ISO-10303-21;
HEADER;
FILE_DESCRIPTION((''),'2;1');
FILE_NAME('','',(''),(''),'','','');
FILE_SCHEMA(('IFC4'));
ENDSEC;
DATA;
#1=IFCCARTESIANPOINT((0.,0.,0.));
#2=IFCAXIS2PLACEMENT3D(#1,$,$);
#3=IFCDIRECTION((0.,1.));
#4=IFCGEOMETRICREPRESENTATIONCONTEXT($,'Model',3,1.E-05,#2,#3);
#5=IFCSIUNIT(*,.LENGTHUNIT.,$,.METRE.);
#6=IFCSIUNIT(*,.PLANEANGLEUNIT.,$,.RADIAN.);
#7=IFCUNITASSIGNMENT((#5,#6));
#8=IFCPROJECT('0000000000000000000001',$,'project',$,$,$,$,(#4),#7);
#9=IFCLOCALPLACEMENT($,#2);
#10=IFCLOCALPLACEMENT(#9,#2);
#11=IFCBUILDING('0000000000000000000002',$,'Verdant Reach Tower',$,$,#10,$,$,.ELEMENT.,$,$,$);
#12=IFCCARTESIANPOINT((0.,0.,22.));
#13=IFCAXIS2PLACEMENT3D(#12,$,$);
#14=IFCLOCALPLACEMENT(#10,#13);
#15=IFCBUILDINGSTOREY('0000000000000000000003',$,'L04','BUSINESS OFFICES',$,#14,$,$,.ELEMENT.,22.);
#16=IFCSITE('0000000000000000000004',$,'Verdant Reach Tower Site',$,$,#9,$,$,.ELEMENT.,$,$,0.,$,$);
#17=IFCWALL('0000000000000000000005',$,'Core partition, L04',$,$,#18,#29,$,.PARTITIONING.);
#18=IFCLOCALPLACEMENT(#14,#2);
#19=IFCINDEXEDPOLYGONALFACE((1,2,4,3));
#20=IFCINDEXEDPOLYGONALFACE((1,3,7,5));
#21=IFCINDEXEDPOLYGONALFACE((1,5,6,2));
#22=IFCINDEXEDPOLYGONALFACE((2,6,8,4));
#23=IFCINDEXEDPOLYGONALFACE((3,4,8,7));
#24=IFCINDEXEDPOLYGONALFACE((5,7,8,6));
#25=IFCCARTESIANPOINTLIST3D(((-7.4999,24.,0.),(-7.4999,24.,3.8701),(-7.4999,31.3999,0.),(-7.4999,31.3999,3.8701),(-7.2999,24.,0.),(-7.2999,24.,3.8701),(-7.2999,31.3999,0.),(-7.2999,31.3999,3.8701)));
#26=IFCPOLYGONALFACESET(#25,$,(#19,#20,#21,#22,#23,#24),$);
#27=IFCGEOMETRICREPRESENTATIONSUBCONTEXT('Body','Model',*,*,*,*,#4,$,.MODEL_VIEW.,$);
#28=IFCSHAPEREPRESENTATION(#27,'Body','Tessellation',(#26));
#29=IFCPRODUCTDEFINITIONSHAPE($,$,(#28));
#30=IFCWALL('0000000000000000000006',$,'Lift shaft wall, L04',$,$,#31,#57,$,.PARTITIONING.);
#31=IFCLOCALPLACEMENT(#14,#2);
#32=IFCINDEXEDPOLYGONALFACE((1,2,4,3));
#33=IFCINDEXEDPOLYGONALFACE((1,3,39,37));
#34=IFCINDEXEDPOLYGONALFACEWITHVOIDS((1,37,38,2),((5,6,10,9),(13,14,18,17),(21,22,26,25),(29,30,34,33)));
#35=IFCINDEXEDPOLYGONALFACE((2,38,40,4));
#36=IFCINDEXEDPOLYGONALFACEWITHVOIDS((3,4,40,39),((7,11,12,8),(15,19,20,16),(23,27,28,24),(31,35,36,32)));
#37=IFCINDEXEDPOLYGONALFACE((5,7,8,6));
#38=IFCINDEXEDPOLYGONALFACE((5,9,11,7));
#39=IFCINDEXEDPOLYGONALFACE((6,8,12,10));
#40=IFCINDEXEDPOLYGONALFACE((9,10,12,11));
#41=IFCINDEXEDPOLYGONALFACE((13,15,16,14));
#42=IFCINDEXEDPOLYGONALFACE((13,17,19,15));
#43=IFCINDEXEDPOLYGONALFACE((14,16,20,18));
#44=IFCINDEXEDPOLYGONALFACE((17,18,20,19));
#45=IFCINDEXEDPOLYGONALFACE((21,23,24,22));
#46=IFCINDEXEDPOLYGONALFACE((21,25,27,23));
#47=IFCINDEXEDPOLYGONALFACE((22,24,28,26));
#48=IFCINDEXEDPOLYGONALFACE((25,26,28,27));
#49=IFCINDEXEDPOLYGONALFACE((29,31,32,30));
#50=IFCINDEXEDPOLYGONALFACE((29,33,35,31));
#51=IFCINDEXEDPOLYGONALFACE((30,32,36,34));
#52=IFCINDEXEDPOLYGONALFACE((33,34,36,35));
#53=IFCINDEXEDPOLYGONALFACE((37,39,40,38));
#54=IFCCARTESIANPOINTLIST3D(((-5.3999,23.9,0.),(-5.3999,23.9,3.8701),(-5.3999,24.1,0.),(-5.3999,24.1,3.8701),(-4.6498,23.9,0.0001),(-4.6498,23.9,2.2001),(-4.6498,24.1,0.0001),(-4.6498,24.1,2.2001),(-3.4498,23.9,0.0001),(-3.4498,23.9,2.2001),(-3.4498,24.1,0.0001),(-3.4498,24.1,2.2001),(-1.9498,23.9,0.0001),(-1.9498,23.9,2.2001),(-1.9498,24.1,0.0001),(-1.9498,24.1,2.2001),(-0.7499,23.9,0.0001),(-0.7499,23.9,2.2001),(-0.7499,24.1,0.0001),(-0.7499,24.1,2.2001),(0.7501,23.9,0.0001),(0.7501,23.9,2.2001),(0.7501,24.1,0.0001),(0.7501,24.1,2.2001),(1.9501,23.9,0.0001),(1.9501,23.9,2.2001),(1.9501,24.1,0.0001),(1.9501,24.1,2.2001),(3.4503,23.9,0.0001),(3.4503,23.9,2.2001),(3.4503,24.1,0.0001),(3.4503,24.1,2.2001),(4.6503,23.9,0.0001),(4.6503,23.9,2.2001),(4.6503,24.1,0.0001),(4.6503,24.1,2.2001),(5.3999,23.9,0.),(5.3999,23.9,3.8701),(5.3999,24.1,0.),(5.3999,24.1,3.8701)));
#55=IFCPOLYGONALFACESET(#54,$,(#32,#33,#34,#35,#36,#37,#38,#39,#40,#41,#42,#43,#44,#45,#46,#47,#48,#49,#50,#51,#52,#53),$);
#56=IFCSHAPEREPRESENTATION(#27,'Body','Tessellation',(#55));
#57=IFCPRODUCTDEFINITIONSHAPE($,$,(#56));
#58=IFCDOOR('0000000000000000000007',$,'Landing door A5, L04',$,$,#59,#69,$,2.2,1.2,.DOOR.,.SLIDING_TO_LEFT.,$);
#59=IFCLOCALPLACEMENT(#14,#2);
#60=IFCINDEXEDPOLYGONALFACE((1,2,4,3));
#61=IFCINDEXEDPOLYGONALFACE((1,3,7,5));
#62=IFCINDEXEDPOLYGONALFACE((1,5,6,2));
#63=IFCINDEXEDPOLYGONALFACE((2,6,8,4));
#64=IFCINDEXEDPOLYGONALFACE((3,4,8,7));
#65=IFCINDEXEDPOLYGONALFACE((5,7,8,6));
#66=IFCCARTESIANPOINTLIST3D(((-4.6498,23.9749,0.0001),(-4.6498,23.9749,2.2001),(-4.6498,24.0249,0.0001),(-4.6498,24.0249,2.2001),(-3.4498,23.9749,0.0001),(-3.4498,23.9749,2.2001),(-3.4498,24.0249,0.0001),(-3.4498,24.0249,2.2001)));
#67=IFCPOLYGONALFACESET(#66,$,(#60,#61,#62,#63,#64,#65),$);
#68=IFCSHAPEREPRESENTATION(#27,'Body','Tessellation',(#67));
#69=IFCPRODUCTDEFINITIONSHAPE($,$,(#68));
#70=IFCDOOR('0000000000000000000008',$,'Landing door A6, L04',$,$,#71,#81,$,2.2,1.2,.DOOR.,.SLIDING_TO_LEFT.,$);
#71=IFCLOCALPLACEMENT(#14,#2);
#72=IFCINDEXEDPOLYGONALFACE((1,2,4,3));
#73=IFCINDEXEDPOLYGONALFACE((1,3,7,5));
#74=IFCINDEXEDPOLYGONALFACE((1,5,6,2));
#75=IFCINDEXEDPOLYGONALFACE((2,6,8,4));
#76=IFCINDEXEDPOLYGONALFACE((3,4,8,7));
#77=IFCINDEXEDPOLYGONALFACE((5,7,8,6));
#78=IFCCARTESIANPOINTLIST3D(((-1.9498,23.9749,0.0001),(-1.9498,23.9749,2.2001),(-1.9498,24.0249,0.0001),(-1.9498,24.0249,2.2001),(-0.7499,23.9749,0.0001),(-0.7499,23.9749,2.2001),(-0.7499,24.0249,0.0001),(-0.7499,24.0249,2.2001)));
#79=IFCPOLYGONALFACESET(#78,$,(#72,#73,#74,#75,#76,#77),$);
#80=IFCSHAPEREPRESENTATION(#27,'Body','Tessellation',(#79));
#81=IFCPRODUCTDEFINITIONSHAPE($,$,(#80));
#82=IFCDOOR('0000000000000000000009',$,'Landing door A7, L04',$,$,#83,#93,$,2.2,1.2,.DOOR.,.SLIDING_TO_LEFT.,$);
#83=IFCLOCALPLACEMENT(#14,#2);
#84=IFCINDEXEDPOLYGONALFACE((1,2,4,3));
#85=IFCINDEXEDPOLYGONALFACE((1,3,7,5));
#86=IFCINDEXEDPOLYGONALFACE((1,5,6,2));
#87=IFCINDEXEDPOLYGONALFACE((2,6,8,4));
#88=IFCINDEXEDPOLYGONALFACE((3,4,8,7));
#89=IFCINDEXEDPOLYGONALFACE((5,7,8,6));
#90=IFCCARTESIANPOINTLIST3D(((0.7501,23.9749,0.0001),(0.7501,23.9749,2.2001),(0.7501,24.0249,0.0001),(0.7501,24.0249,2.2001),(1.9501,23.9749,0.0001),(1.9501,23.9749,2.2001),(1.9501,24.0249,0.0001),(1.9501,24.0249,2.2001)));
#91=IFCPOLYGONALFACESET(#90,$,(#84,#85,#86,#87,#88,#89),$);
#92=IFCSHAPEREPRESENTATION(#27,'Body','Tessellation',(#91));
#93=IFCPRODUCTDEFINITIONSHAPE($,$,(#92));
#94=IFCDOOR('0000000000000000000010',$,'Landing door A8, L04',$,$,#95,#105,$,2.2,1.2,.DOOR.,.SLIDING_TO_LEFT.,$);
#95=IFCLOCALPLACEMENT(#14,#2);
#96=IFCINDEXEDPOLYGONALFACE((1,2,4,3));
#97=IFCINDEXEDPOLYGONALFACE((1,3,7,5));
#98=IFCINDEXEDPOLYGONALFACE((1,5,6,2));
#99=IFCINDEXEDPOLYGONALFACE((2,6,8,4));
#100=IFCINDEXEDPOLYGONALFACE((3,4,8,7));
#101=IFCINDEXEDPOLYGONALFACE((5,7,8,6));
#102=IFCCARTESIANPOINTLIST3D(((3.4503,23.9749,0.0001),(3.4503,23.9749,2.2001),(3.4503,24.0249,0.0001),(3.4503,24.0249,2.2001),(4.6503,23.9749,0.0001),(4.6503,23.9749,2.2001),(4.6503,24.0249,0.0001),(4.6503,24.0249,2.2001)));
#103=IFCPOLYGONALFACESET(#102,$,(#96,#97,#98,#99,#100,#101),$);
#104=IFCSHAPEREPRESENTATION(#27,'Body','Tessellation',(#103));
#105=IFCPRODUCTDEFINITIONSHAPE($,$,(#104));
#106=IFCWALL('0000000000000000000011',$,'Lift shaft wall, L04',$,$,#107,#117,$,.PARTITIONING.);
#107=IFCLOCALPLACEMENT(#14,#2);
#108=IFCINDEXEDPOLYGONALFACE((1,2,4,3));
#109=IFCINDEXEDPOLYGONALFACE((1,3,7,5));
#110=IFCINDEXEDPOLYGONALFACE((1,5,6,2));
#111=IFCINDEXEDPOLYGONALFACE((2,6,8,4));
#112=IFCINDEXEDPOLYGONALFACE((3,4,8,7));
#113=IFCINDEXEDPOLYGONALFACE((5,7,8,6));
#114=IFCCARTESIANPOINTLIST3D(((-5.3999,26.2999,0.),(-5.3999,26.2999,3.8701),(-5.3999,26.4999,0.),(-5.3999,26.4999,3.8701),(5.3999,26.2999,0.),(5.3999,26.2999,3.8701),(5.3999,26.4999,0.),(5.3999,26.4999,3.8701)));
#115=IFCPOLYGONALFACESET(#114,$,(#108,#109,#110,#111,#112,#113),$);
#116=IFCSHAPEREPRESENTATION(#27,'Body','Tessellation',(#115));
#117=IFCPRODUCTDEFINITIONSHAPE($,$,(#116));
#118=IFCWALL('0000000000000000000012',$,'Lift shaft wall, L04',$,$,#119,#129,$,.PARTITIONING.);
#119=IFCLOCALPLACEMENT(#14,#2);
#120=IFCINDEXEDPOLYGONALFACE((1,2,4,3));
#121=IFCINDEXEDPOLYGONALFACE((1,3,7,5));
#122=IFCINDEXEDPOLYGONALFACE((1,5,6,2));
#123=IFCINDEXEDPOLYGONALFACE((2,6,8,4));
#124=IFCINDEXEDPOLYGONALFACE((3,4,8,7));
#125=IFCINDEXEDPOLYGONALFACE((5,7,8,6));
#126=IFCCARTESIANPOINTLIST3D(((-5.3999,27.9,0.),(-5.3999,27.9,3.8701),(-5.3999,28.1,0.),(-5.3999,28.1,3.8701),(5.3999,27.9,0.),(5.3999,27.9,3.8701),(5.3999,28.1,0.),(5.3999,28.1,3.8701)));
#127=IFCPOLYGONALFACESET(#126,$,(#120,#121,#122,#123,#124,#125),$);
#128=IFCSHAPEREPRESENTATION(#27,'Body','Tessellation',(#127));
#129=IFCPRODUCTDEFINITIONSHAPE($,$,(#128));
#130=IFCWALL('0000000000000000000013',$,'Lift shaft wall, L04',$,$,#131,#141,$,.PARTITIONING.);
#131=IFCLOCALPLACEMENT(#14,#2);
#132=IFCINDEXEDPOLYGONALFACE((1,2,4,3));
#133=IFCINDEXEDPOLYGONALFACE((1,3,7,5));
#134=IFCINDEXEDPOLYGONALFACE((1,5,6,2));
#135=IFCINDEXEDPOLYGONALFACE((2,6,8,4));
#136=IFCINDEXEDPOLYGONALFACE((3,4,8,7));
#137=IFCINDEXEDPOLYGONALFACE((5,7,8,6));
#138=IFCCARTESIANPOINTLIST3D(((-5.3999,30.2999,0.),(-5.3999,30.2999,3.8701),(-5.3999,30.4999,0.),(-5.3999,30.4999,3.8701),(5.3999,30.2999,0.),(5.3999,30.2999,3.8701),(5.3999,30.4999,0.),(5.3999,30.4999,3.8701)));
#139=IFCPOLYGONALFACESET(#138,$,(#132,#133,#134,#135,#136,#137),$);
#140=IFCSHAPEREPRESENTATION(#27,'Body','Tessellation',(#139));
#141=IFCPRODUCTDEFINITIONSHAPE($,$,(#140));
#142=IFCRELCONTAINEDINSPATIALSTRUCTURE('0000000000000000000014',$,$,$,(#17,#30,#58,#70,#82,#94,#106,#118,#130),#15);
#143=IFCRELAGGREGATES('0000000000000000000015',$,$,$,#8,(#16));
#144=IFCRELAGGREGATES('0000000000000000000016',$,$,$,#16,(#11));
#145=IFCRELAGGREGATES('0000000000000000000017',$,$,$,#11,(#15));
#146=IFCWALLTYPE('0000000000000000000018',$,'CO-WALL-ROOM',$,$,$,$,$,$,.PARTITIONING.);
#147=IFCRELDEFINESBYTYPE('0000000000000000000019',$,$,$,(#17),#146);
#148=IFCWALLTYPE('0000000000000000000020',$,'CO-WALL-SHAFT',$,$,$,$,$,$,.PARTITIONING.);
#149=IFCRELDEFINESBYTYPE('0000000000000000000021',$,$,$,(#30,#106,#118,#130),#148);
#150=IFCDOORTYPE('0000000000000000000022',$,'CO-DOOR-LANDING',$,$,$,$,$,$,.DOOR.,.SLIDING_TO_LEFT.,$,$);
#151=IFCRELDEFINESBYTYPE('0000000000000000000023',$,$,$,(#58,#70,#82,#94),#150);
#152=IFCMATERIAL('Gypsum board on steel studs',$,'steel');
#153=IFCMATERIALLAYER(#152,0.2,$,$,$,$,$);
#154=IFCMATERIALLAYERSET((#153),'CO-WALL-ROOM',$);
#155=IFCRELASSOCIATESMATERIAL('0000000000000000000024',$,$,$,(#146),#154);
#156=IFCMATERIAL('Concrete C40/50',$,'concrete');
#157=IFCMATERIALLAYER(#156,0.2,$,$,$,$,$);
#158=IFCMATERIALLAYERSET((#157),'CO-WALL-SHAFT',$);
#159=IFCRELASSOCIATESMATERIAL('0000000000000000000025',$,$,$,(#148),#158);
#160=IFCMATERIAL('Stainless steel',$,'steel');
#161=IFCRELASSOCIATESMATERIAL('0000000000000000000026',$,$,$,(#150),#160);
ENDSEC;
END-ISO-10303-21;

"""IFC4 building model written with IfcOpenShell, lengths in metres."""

from ifc_helpers import new_model, si_unit, direction, frame, frame_2d, origin, place, context, subcontext, project, spatial, rectangle, extrude, material, layer, layer_set, type_object, element, fill, save


model = new_model("IFC4")

# Units and contexts
model_context = context("Model", 3, precision=1e-05, world=origin(), true_north=direction((0.0, 1.0)))
body_context = subcontext(model_context, "Body", "Model", "MODEL_VIEW")
ifc_project = project(units=[si_unit("LENGTHUNIT", "METRE"), si_unit("PLANEANGLEUNIT", "RADIAN")], contexts=[model_context])

# Site, building, storey
site_placement = place(None, origin())
site = spatial("IfcSite", under=ifc_project, at=site_placement, Name="Verdant Reach Tower Site", CompositionType="ELEMENT", RefElevation=0.0)
building_placement = place(site_placement, origin())
building = spatial("IfcBuilding", under=site, at=building_placement, Name="Verdant Reach Tower", CompositionType="ELEMENT")
storey_placement = place(building_placement, frame((0.0, 0.0, 22.0)))
storey = spatial("IfcBuildingStorey", under=building, at=storey_placement, Name="L04", Description="BUSINESS OFFICES", CompositionType="ELEMENT", Elevation=22.0)

# Wall
ifc_material_1 = material(Name="Gypsum board on steel studs", Category="steel")
ifc_layer_1 = layer(ifc_material_1, 0.2)
ifc_layer_set_1 = layer_set([ifc_layer_1], Name="CO-WALL-ROOM")
wall_type_1 = type_object("IfcWallType", Name="CO-WALL-ROOM", PredefinedType="PARTITIONING", material=ifc_layer_set_1)
wall_1_placement = place(storey_placement, frame((-7.3999, 24.0, 0.0), z_axis=(0.0, 0.0, 1.0), x_axis=(0.0, 1.0, 0.0)))
element("IfcWall", 1, at=wall_1_placement, inside=storey, type_object=wall_type_1, Name="Core partition, L04", PredefinedType="PARTITIONING", context=body_context, shape_type="SweptSolid", body=[
    extrude(rectangle(XDim=7.3999, YDim=0.2, at=frame_2d((3.7, 0.0))), origin(), (0.0, 0.0, 1.0), 3.8701),
])

# Wall, openings, doors
ifc_material_2 = material(Name="Concrete C40/50", Category="concrete")
ifc_layer_2 = layer(ifc_material_2, 0.2)
ifc_layer_set_2 = layer_set([ifc_layer_2], Name="CO-WALL-SHAFT")
wall_type_2 = type_object("IfcWallType", Name="CO-WALL-SHAFT", PredefinedType="PARTITIONING", material=ifc_layer_set_2)
wall_2_placement = place(storey_placement, frame((-5.3999, 24.0, 0.0), z_axis=(0.0, 0.0, 1.0), x_axis=(1.0, 0.0, 0.0)))
wall_2 = element("IfcWall", 2, at=wall_2_placement, inside=storey, type_object=wall_type_2, Name="Lift shaft wall, L04", PredefinedType="PARTITIONING", context=body_context, shape_type="SweptSolid", body=[
    extrude(rectangle(XDim=10.7998, YDim=0.2, at=frame_2d((5.3999, 0.0))), origin(), (0.0, 0.0, 1.0), 3.8701),
])
opening_1_placement = place(wall_2_placement, frame((0.75, 0.0, 0.0)))
opening_1 = element("IfcOpeningElement", 3, at=opening_1_placement, cuts=wall_2, PredefinedType="OPENING", context=body_context, shape_type="SweptSolid", body=[
    extrude(rectangle(XDim=1.2, YDim=2.2, at=frame_2d((0.6001, 1.1001))), frame((0.0, 0.1099, 0.0), z_axis=(0.0, -1.0, 0.0), x_axis=(1.0, 0.0, 0.0)), (0.0, 0.0, 1.0), 0.22),
])
opening_2_placement = place(wall_2_placement, frame((3.45, 0.0, 0.0)))
opening_2 = element("IfcOpeningElement", 4, at=opening_2_placement, cuts=wall_2, PredefinedType="OPENING", context=body_context, shape_type="SweptSolid", body=[
    extrude(rectangle(XDim=1.2, YDim=2.2, at=frame_2d((0.6001, 1.1001))), frame((0.0, 0.1099, 0.0), z_axis=(0.0, -1.0, 0.0), x_axis=(1.0, 0.0, 0.0)), (0.0, 0.0, 1.0), 0.22),
])
opening_3_placement = place(wall_2_placement, frame((6.1499, 0.0, 0.0)))
opening_3 = element("IfcOpeningElement", 5, at=opening_3_placement, cuts=wall_2, PredefinedType="OPENING", context=body_context, shape_type="SweptSolid", body=[
    extrude(rectangle(XDim=1.2, YDim=2.2, at=frame_2d((0.6001, 1.1001))), frame((0.0, 0.1099, 0.0), z_axis=(0.0, -1.0, 0.0), x_axis=(1.0, 0.0, 0.0)), (0.0, 0.0, 1.0), 0.22),
])
opening_4_placement = place(wall_2_placement, frame((8.8501, 0.0, 0.0)))
opening_4 = element("IfcOpeningElement", 6, at=opening_4_placement, cuts=wall_2, PredefinedType="OPENING", context=body_context, shape_type="SweptSolid", body=[
    extrude(rectangle(XDim=1.2, YDim=2.2, at=frame_2d((0.6001, 1.1001))), frame((0.0, 0.1099, 0.0), z_axis=(0.0, -1.0, 0.0), x_axis=(1.0, 0.0, 0.0)), (0.0, 0.0, 1.0), 0.22),
])
ifc_material_3 = material(Name="Stainless steel", Category="steel")
door_type_1 = type_object("IfcDoorType", Name="CO-DOOR-LANDING", OperationType="SLIDING_TO_LEFT", PredefinedType="DOOR", material=ifc_material_3)
door_1_placement = place(opening_1_placement, origin())
door_1 = element("IfcDoor", 7, at=door_1_placement, inside=storey, type_object=door_type_1, Name="Landing door A5, L04", OperationType="SLIDING_TO_LEFT", OverallHeight=2.2, OverallWidth=1.2, PredefinedType="DOOR", context=body_context, shape_type="SweptSolid", body=[
    extrude(rectangle(XDim=1.2, YDim=2.2, at=frame_2d((0.6001, 1.1001))), frame((0.0, 0.0249, 0.0), z_axis=(0.0, -1.0, 0.0), x_axis=(1.0, 0.0, 0.0)), (0.0, 0.0, 1.0), 0.05),
])
fill(opening_1, door_1)
door_2_placement = place(opening_2_placement, origin())
door_2 = element("IfcDoor", 8, at=door_2_placement, inside=storey, type_object=door_type_1, Name="Landing door A6, L04", OperationType="SLIDING_TO_LEFT", OverallHeight=2.2, OverallWidth=1.2, PredefinedType="DOOR", context=body_context, shape_type="SweptSolid", body=[
    extrude(rectangle(XDim=1.2, YDim=2.2, at=frame_2d((0.6001, 1.1001))), frame((0.0, 0.0249, 0.0), z_axis=(0.0, -1.0, 0.0), x_axis=(1.0, 0.0, 0.0)), (0.0, 0.0, 1.0), 0.05),
])
fill(opening_2, door_2)
door_3_placement = place(opening_3_placement, origin())
door_3 = element("IfcDoor", 9, at=door_3_placement, inside=storey, type_object=door_type_1, Name="Landing door A7, L04", OperationType="SLIDING_TO_LEFT", OverallHeight=2.2, OverallWidth=1.2, PredefinedType="DOOR", context=body_context, shape_type="SweptSolid", body=[
    extrude(rectangle(XDim=1.2, YDim=2.2, at=frame_2d((0.6001, 1.1001))), frame((0.0, 0.0249, 0.0), z_axis=(0.0, -1.0, 0.0), x_axis=(1.0, 0.0, 0.0)), (0.0, 0.0, 1.0), 0.05),
])
fill(opening_3, door_3)
door_4_placement = place(opening_4_placement, origin())
door_4 = element("IfcDoor", 10, at=door_4_placement, inside=storey, type_object=door_type_1, Name="Landing door A8, L04", OperationType="SLIDING_TO_LEFT", OverallHeight=2.2, OverallWidth=1.2, PredefinedType="DOOR", context=body_context, shape_type="SweptSolid", body=[
    extrude(rectangle(XDim=1.2, YDim=2.2, at=frame_2d((0.6001, 1.1001))), frame((0.0, 0.0249, 0.0), z_axis=(0.0, -1.0, 0.0), x_axis=(1.0, 0.0, 0.0)), (0.0, 0.0, 1.0), 0.05),
])
fill(opening_4, door_4)

# Walls
for number, where, z_axis, x_axis, name in (
    (11, (-5.3999, 26.3999, 0.0), (0.0, 0.0, 1.0), (1.0, 0.0, 0.0), "Lift shaft wall, L04"),
    (12, (-5.3999, 28.0, 0.0), (0.0, 0.0, 1.0), (1.0, 0.0, 0.0), "Lift shaft wall, L04"),
    (13, (-5.3999, 30.3999, 0.0), (0.0, 0.0, 1.0), (1.0, 0.0, 0.0), "Lift shaft wall, L04"),
):
    element("IfcWall", number, at=place(storey_placement, frame(where, z_axis=z_axis, x_axis=x_axis)), inside=storey, type_object=wall_type_2, Name=name, PredefinedType="PARTITIONING", context=body_context, shape_type="SweptSolid", body=[
        extrude(rectangle(XDim=10.7998, YDim=0.2, at=frame_2d((5.3999, 0.0))), origin(), (0.0, 0.0, 1.0), 3.8701),
    ])

save(model, "model.ifc")
